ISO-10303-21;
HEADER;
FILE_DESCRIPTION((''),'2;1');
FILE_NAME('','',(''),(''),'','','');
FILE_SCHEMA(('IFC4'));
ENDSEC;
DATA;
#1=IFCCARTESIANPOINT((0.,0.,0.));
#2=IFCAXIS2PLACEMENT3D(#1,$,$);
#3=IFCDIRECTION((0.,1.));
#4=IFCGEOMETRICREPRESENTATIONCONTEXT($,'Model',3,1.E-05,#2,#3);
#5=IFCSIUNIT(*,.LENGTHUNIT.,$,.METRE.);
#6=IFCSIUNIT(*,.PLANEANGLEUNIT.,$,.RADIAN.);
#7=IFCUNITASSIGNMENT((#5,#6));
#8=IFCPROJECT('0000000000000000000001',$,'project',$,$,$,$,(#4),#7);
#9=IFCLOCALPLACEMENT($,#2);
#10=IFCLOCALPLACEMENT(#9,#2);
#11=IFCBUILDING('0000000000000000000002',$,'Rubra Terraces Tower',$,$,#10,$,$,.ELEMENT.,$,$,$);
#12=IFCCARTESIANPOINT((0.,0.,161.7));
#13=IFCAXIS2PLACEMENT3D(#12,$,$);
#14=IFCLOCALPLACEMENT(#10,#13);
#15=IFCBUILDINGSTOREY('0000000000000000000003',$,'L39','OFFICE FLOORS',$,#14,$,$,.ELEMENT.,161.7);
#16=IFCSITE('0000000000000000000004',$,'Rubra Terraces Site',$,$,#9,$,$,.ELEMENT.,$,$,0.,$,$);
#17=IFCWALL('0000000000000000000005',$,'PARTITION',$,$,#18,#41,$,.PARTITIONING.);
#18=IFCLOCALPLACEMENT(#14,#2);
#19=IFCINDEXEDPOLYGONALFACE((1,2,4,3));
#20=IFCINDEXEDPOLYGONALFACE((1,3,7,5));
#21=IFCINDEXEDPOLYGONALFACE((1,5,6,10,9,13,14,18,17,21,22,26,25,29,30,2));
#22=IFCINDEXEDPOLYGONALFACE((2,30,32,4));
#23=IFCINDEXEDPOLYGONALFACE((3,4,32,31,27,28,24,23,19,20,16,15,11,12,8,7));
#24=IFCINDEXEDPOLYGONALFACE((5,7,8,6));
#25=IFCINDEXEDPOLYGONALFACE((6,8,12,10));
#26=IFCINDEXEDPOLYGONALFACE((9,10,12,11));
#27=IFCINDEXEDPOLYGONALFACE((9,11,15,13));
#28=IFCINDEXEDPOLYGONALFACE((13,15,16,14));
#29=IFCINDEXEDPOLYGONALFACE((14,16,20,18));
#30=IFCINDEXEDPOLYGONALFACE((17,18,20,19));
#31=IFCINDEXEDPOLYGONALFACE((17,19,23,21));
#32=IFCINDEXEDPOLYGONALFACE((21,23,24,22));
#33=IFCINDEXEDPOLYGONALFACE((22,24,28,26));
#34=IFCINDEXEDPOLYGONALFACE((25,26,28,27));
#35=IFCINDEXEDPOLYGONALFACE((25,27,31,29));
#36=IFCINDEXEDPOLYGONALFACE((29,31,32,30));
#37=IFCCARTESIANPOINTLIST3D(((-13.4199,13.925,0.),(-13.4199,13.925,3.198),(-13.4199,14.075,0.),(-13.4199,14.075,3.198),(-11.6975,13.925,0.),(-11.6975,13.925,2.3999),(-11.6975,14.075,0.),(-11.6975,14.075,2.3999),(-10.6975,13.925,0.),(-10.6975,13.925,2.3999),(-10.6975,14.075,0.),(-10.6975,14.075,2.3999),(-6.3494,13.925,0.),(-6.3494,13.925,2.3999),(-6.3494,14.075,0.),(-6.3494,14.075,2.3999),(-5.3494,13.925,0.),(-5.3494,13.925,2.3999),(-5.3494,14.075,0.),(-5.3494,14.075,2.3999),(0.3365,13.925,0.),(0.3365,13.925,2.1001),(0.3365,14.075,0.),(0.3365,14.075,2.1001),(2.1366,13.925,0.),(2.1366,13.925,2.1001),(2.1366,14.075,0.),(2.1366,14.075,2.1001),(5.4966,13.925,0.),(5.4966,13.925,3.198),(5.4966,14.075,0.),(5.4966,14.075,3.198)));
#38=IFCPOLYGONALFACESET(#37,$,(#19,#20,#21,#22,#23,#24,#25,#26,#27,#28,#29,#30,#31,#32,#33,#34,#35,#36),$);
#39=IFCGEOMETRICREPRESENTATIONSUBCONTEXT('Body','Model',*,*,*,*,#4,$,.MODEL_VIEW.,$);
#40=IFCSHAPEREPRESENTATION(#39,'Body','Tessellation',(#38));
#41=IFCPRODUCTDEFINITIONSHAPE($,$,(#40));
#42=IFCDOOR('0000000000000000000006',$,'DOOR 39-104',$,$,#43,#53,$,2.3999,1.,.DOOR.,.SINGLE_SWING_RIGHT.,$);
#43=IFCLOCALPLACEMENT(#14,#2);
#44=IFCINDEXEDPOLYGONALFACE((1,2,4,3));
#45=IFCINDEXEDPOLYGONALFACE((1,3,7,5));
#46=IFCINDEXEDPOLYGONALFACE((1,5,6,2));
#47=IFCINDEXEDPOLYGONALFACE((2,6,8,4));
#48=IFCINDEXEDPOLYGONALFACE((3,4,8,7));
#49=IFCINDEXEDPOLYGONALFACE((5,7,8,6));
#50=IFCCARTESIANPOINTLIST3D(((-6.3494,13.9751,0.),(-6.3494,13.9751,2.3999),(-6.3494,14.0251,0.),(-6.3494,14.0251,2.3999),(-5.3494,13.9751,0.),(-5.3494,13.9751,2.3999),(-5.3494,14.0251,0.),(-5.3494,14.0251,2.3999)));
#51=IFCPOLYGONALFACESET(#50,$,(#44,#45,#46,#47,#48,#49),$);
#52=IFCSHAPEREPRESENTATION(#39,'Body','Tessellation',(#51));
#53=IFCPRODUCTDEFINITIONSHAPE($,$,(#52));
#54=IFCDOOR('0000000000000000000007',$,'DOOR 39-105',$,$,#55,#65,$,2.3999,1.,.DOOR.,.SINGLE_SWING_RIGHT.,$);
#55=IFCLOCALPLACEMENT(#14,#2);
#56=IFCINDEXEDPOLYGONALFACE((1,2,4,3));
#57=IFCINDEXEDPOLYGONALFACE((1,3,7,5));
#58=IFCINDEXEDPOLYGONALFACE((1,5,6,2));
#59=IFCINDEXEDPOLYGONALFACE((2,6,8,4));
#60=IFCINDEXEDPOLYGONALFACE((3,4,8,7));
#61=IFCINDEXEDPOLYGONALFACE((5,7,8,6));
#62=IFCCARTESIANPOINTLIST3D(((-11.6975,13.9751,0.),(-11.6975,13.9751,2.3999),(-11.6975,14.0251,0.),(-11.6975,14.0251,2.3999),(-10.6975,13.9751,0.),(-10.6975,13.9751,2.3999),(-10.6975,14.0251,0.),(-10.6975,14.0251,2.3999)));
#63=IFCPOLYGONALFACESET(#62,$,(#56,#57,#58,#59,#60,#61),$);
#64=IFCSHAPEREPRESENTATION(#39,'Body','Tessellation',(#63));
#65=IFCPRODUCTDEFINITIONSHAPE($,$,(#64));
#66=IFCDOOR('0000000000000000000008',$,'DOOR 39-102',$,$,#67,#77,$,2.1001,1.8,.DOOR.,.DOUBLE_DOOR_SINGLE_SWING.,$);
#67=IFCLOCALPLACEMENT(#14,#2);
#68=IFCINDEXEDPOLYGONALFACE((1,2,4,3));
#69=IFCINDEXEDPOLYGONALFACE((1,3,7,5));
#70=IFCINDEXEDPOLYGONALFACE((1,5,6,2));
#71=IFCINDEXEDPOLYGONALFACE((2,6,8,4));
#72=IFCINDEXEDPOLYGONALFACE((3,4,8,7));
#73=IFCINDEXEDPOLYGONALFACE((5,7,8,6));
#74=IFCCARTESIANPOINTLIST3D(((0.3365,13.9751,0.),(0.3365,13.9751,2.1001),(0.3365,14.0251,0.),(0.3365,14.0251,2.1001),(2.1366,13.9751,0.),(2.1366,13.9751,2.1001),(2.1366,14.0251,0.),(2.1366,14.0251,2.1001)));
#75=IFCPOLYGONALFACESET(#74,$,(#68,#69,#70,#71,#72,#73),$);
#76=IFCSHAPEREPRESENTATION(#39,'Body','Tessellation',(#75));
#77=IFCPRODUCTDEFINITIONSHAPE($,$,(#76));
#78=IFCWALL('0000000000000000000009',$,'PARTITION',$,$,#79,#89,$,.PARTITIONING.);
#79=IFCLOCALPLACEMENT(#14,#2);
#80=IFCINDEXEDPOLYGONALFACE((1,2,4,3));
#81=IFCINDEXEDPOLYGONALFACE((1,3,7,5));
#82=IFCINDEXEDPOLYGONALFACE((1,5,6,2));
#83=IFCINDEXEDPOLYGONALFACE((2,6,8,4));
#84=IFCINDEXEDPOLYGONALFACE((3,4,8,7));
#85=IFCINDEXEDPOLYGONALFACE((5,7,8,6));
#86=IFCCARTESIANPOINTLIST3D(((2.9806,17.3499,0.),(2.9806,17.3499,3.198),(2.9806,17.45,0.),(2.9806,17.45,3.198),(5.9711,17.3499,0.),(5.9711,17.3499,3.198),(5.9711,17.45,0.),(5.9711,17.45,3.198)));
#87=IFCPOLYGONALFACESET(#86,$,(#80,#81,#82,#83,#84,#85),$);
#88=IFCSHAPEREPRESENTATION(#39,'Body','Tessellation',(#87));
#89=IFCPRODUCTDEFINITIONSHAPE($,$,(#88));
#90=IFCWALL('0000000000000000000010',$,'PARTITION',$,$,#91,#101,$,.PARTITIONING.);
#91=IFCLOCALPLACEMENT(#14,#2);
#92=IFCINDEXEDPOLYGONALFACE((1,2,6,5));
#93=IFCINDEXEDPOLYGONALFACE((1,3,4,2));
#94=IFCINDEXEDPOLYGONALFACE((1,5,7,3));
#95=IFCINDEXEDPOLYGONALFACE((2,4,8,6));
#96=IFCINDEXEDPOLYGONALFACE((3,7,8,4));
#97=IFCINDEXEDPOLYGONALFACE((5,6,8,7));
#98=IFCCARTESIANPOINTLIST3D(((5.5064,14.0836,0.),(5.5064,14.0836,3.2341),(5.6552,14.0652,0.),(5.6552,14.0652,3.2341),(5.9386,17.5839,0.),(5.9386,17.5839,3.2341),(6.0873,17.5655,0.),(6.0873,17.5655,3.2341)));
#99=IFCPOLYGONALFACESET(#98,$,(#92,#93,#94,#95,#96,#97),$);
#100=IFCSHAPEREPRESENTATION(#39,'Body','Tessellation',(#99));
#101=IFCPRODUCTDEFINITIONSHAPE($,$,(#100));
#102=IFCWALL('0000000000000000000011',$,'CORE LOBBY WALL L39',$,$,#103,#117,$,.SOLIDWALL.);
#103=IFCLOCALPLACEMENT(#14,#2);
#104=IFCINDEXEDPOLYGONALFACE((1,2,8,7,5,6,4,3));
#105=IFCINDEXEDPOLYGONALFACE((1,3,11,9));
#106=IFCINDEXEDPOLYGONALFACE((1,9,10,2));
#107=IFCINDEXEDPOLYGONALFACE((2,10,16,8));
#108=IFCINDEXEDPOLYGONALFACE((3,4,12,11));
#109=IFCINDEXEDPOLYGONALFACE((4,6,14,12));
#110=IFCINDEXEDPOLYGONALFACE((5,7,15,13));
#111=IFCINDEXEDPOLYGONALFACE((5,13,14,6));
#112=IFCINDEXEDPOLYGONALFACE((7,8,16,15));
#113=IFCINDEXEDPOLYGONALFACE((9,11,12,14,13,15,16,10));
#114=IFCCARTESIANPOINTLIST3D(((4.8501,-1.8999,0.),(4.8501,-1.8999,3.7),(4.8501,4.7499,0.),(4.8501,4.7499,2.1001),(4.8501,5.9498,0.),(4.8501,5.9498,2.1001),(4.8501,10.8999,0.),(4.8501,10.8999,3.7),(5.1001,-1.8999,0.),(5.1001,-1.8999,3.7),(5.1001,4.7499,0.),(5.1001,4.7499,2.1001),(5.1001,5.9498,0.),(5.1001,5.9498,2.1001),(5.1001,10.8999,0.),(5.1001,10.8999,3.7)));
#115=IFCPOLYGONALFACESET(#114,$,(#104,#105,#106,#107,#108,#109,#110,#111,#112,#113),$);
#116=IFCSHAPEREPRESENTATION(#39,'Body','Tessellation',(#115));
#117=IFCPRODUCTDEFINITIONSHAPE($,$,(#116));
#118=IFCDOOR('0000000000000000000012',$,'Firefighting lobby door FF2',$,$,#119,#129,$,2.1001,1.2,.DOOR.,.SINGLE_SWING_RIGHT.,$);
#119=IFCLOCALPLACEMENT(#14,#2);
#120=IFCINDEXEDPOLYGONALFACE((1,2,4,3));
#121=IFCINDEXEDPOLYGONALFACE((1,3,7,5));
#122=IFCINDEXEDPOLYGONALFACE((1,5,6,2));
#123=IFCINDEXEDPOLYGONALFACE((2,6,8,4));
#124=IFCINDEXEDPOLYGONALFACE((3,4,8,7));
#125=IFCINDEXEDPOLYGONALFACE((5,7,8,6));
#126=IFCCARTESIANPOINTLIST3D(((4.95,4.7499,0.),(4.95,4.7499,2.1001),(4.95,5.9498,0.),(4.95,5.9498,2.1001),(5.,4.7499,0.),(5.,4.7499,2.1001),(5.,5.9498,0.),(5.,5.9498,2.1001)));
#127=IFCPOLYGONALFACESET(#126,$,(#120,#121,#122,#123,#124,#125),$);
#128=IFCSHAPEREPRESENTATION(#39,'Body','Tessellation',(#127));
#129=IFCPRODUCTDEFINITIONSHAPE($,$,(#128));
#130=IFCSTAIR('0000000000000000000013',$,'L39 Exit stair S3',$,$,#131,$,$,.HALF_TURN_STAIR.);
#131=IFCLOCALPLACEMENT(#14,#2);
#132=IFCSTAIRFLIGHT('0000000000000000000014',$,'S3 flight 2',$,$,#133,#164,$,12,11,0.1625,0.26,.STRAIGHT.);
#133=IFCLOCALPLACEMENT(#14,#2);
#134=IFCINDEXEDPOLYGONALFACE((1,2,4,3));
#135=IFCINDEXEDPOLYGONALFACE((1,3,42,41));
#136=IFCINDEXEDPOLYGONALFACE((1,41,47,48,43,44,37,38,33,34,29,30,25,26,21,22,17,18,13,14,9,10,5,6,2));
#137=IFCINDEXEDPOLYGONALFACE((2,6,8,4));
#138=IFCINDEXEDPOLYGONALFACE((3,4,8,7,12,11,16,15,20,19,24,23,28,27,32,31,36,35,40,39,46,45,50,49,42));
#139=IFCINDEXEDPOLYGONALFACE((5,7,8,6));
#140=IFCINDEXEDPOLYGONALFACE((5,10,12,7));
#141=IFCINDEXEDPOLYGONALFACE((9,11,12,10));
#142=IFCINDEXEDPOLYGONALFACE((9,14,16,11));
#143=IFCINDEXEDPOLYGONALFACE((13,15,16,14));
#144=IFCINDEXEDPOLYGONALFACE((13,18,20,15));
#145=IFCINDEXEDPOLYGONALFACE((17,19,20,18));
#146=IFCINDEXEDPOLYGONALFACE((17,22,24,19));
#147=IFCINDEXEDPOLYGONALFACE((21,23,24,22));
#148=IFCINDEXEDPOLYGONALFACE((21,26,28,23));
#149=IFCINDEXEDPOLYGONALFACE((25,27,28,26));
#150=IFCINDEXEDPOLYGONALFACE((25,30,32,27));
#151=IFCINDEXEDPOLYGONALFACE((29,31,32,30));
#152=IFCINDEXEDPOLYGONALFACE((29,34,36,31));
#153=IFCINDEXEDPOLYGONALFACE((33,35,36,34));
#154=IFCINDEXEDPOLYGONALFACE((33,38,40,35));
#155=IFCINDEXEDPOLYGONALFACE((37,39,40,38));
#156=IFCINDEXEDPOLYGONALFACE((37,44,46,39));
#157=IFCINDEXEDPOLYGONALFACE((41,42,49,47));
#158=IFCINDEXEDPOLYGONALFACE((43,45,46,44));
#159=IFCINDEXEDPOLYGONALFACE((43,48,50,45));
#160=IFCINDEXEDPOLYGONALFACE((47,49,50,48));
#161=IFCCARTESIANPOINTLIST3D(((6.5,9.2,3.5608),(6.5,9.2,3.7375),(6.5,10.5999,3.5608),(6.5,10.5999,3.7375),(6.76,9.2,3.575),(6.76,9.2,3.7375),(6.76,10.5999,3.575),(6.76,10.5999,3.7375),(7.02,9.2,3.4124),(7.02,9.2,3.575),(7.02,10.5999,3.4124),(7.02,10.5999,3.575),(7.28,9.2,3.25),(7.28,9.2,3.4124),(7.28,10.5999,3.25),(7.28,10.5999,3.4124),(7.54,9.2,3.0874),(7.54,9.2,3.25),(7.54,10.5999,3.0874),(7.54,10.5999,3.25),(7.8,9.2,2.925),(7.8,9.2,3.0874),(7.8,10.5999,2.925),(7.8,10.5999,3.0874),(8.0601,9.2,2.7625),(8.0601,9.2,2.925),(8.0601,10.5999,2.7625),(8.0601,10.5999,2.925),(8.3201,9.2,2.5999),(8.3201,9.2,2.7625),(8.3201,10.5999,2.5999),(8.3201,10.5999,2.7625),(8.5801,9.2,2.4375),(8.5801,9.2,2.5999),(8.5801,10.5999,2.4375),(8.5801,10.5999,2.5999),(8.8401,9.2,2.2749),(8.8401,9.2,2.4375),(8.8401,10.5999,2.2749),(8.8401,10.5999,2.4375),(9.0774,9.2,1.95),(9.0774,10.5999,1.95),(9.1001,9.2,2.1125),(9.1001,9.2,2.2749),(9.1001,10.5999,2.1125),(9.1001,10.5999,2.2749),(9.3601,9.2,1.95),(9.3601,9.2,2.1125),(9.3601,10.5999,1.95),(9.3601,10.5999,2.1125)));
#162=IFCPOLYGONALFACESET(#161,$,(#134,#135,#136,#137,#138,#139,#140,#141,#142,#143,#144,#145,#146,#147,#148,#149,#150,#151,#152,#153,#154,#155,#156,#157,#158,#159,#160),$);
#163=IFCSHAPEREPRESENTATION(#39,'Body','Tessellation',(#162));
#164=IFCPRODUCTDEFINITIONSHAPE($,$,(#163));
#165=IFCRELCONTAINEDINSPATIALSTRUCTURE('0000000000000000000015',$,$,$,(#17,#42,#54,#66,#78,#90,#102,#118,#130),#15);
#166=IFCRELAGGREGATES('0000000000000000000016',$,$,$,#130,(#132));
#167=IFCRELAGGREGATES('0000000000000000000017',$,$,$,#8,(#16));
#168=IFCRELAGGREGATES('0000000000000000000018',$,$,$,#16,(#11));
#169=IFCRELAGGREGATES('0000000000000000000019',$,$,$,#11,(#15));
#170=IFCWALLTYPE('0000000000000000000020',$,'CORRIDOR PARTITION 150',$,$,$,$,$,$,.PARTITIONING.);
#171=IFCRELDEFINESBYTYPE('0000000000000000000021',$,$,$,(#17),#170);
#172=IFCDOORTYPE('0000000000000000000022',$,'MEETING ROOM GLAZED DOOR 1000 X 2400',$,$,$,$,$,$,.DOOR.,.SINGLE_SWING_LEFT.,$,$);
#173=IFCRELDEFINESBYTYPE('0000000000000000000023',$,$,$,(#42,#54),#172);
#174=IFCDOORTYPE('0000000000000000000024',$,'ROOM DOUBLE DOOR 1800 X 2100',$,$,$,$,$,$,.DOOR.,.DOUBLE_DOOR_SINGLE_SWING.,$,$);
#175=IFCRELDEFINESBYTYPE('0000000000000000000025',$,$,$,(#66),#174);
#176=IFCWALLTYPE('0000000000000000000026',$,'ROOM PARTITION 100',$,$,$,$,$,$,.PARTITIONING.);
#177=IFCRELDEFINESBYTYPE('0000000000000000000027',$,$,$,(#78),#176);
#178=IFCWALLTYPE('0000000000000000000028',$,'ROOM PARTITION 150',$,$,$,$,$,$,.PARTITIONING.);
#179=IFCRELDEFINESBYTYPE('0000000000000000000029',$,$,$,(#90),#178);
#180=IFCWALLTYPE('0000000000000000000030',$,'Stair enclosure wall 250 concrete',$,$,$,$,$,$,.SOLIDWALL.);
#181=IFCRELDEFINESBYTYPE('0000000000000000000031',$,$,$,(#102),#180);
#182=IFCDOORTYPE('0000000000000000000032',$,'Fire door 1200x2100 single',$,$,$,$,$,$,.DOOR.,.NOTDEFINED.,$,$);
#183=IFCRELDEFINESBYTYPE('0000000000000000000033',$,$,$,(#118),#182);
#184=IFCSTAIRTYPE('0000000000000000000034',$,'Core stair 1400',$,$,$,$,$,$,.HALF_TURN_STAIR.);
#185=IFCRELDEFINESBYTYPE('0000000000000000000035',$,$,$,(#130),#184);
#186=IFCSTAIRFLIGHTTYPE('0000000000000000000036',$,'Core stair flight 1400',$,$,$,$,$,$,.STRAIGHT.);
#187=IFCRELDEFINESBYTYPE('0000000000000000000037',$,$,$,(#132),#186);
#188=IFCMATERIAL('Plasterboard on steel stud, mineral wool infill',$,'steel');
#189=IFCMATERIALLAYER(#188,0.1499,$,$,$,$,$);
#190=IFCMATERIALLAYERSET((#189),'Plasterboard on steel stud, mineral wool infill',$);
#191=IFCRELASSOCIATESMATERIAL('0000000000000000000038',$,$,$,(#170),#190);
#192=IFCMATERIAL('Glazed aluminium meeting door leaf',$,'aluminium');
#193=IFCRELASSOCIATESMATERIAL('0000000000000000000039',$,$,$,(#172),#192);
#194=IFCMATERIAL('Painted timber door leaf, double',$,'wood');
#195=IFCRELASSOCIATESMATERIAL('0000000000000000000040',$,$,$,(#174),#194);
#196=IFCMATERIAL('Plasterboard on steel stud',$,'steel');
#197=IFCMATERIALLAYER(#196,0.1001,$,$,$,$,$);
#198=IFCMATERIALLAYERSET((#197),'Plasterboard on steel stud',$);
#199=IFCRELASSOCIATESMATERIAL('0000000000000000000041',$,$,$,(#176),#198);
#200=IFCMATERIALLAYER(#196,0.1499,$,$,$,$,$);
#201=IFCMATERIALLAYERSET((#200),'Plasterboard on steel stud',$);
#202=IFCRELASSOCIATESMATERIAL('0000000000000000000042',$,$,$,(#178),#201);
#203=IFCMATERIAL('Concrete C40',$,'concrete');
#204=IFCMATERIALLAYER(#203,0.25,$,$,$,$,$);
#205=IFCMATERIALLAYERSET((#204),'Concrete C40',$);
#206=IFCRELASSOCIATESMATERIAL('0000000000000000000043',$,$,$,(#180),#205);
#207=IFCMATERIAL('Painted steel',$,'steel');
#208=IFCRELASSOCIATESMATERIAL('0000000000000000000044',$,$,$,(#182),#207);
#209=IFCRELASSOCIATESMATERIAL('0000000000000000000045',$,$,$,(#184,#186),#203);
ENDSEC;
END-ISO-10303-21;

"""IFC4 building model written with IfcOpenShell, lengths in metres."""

from ifc_helpers import new_model, si_unit, direction, frame, frame_2d, origin, place, context, subcontext, project, spatial, polyline, rectangle, outline, extrude, material, layer, layer_set, type_object, element, fill, aggregate, save


model = new_model("IFC4")

# Units and contexts
model_context = context("Model", 3, precision=1e-05, world=origin(), true_north=direction((0.0, 1.0)))
body_context = subcontext(model_context, "Body", "Model", "MODEL_VIEW")
ifc_project = project(units=[si_unit("LENGTHUNIT", "METRE"), si_unit("PLANEANGLEUNIT", "RADIAN")], contexts=[model_context])

# Site, building, storey
site_placement = place(None, origin())
site = spatial("IfcSite", under=ifc_project, at=site_placement, Name="Rubra Terraces Site", CompositionType="ELEMENT", RefElevation=0.0)
building_placement = place(site_placement, origin())
building = spatial("IfcBuilding", under=site, at=building_placement, Name="Rubra Terraces Tower", CompositionType="ELEMENT")
storey_placement = place(building_placement, frame((0.0, 0.0, 161.7)))
storey = spatial("IfcBuildingStorey", under=building, at=storey_placement, Name="L39", Description="OFFICE FLOORS", CompositionType="ELEMENT", Elevation=161.7)

# Wall, openings, doors
ifc_material_1 = material(Name="Plasterboard on steel stud, mineral wool infill", Category="steel")
ifc_layer_1 = layer(ifc_material_1, 0.1499)
ifc_layer_set_1 = layer_set([ifc_layer_1], Name="Plasterboard on steel stud, mineral wool infill")
wall_type_1 = type_object("IfcWallType", Name="CORRIDOR PARTITION 150", PredefinedType="PARTITIONING", material=ifc_layer_set_1)
wall_1_placement = place(storey_placement, frame((5.4966, 14.0, 0.0), z_axis=(0.0, 0.0, 1.0), x_axis=(-1.0, 0.0, 0.0)))
wall_1 = element("IfcWall", 1, at=wall_1_placement, inside=storey, type_object=wall_type_1, Name="PARTITION", PredefinedType="PARTITIONING", context=body_context, shape_type="SweptSolid", body=[
    extrude(rectangle(XDim=18.9165, YDim=0.1499, at=frame_2d((9.4583, 0.0))), origin(), (0.0, 0.0, 1.0), 3.198),
])
opening_1_placement = place(wall_1_placement, frame((3.3601, 0.0, 0.0)))
opening_1 = element("IfcOpeningElement", 2, at=opening_1_placement, cuts=wall_1, PredefinedType="OPENING", context=body_context, shape_type="SweptSolid", body=[
    extrude(rectangle(XDim=1.8, YDim=2.1001, at=frame_2d((0.8999, 1.05))), frame((0.0, 0.085, 0.0), z_axis=(0.0, -1.0, 0.0), x_axis=(1.0, 0.0, 0.0)), (0.0, 0.0, 1.0), 0.1699),
])
opening_2_placement = place(wall_1_placement, frame((10.8459, 0.0, 0.0)))
opening_2 = element("IfcOpeningElement", 3, at=opening_2_placement, cuts=wall_1, PredefinedType="OPENING", context=body_context, shape_type="SweptSolid", body=[
    extrude(rectangle(XDim=1.0, YDim=2.3999, at=frame_2d((0.5, 1.2))), frame((0.0, 0.085, 0.0), z_axis=(0.0, -1.0, 0.0), x_axis=(1.0, 0.0, 0.0)), (0.0, 0.0, 1.0), 0.1699),
])
opening_3_placement = place(wall_1_placement, frame((16.1941, 0.0, 0.0)))
opening_3 = element("IfcOpeningElement", 4, at=opening_3_placement, cuts=wall_1, PredefinedType="OPENING", context=body_context, shape_type="SweptSolid", body=[
    extrude(rectangle(XDim=1.0, YDim=2.3999, at=frame_2d((0.5, 1.2))), frame((0.0, 0.085, 0.0), z_axis=(0.0, -1.0, 0.0), x_axis=(1.0, 0.0, 0.0)), (0.0, 0.0, 1.0), 0.1699),
])
ifc_material_2 = material(Name="Glazed aluminium meeting door leaf", Category="aluminium")
door_type_1 = type_object("IfcDoorType", Name="MEETING ROOM GLAZED DOOR 1000 X 2400", OperationType="SINGLE_SWING_LEFT", PredefinedType="DOOR", material=ifc_material_2)
door_1_placement = place(opening_2_placement, origin())
door_1 = element("IfcDoor", 5, at=door_1_placement, inside=storey, type_object=door_type_1, Name="DOOR 39-104", OperationType="SINGLE_SWING_RIGHT", OverallHeight=2.3999, OverallWidth=1.0, PredefinedType="DOOR", context=body_context, shape_type="SweptSolid", body=[
    extrude(rectangle(XDim=1.0, YDim=2.3999, at=frame_2d((0.5, 1.2))), frame((0.0, 0.0249, 0.0), z_axis=(0.0, -1.0, 0.0), x_axis=(1.0, 0.0, 0.0)), (0.0, 0.0, 1.0), 0.05),
])
fill(opening_2, door_1)
door_2_placement = place(opening_3_placement, origin())
door_2 = element("IfcDoor", 6, at=door_2_placement, inside=storey, type_object=door_type_1, Name="DOOR 39-105", OperationType="SINGLE_SWING_RIGHT", OverallHeight=2.3999, OverallWidth=1.0, PredefinedType="DOOR", context=body_context, shape_type="SweptSolid", body=[
    extrude(rectangle(XDim=1.0, YDim=2.3999, at=frame_2d((0.5, 1.2))), frame((0.0, 0.0249, 0.0), z_axis=(0.0, -1.0, 0.0), x_axis=(1.0, 0.0, 0.0)), (0.0, 0.0, 1.0), 0.05),
])
fill(opening_3, door_2)
ifc_material_3 = material(Name="Painted timber door leaf, double", Category="wood")
door_type_2 = type_object("IfcDoorType", Name="ROOM DOUBLE DOOR 1800 X 2100", OperationType="DOUBLE_DOOR_SINGLE_SWING", PredefinedType="DOOR", material=ifc_material_3)
door_3_placement = place(opening_1_placement, origin())
door_3 = element("IfcDoor", 7, at=door_3_placement, inside=storey, type_object=door_type_2, Name="DOOR 39-102", OperationType="DOUBLE_DOOR_SINGLE_SWING", OverallHeight=2.1001, OverallWidth=1.8, PredefinedType="DOOR", context=body_context, shape_type="SweptSolid", body=[
    extrude(rectangle(XDim=1.8, YDim=2.1001, at=frame_2d((0.8999, 1.05))), frame((0.0, 0.0249, 0.0), z_axis=(0.0, -1.0, 0.0), x_axis=(1.0, 0.0, 0.0)), (0.0, 0.0, 1.0), 0.05),
])
fill(opening_1, door_3)

# Walls
ifc_material_4 = material(Name="Plasterboard on steel stud", Category="steel")
ifc_layer_2 = layer(ifc_material_4, 0.1001)
ifc_layer_set_2 = layer_set([ifc_layer_2], Name="Plasterboard on steel stud")
wall_type_2 = type_object("IfcWallType", Name="ROOM PARTITION 100", PredefinedType="PARTITIONING", material=ifc_layer_set_2)
wall_2_placement = place(storey_placement, frame((2.9807, 17.3999, 0.0), z_axis=(0.0, 0.0, 1.0), x_axis=(1.0, 0.0, 0.0)))
element("IfcWall", 8, at=wall_2_placement, inside=storey, type_object=wall_type_2, Name="PARTITION", PredefinedType="PARTITIONING", context=body_context, shape_type="SweptSolid", body=[
    extrude(rectangle(XDim=2.9905, YDim=0.1001, at=frame_2d((1.4951, 0.0))), origin(), (0.0, 0.0, 1.0), 3.198),
])
ifc_layer_3 = layer(ifc_material_4, 0.1499)
ifc_layer_set_3 = layer_set([ifc_layer_3], Name="Plasterboard on steel stud")
wall_type_3 = type_object("IfcWallType", Name="ROOM PARTITION 150", PredefinedType="PARTITIONING", material=ifc_layer_set_3)
wall_3_placement = place(storey_placement, frame((6.0129, 17.5747, 0.0), z_axis=(0.0, 0.0, 1.0), x_axis=(-0.122527, -0.992465, 0.0)))
element("IfcWall", 9, at=wall_3_placement, inside=storey, type_object=wall_type_3, Name="PARTITION", PredefinedType="PARTITIONING", context=body_context, shape_type="SweptSolid", body=[
    extrude(rectangle(XDim=3.5269, YDim=0.1499, at=frame_2d((1.7634, 0.0))), origin(), (0.0, 0.0, 1.0), 3.2341),
])

# Wall, opening, door
ifc_material_5 = material(Name="Concrete C40", Category="concrete")
ifc_layer_4 = layer(ifc_material_5, 0.25)
ifc_layer_set_4 = layer_set([ifc_layer_4], Name="Concrete C40")
wall_type_4 = type_object("IfcWallType", Name="Stair enclosure wall 250 concrete", PredefinedType="SOLIDWALL", material=ifc_layer_set_4)
wall_4_placement = place(storey_placement, frame((4.9751, 10.8999, 0.0), z_axis=(0.0, 0.0, 1.0), x_axis=(0.0, -1.0, 0.0)))
wall_4 = element("IfcWall", 10, at=wall_4_placement, inside=storey, type_object=wall_type_4, Name="CORE LOBBY WALL L39", PredefinedType="SOLIDWALL", context=body_context, shape_type="SweptSolid", body=[
    extrude(rectangle(XDim=12.7998, YDim=0.25, at=frame_2d((6.3999, 0.0))), origin(), (0.0, 0.0, 1.0), 3.7),
])
opening_4_placement = place(wall_4_placement, frame((4.95, 0.0, 0.0)))
opening_4 = element("IfcOpeningElement", 11, at=opening_4_placement, cuts=wall_4, PredefinedType="OPENING", context=body_context, shape_type="SweptSolid", body=[
    extrude(rectangle(XDim=1.2, YDim=2.1001, at=frame_2d((0.6001, 1.05))), frame((0.0, 0.135, 0.0), z_axis=(0.0, -1.0, 0.0), x_axis=(1.0, 0.0, 0.0)), (0.0, 0.0, 1.0), 0.27),
])
ifc_material_6 = material(Name="Painted steel", Category="steel")
door_type_3 = type_object("IfcDoorType", Name="Fire door 1200x2100 single", OperationType="NOTDEFINED", PredefinedType="DOOR", material=ifc_material_6)
door_4_placement = place(opening_4_placement, origin())
door_4 = element("IfcDoor", 12, at=door_4_placement, inside=storey, type_object=door_type_3, Name="Firefighting lobby door FF2", OperationType="SINGLE_SWING_RIGHT", OverallHeight=2.1001, OverallWidth=1.2, PredefinedType="DOOR", context=body_context, shape_type="SweptSolid", body=[
    extrude(rectangle(XDim=1.2, YDim=2.1001, at=frame_2d((0.6001, 1.05))), frame((0.0, 0.0249, 0.0), z_axis=(0.0, -1.0, 0.0), x_axis=(1.0, 0.0, 0.0)), (0.0, 0.0, 1.0), 0.05),
])
fill(opening_4, door_4)

# Stair, stair flight
stair_type = type_object("IfcStairType", Name="Core stair 1400", PredefinedType="HALF_TURN_STAIR", material=ifc_material_5)
stair_placement = place(storey_placement, origin())
stair = element("IfcStair", 13, at=stair_placement, inside=storey, type_object=stair_type, Name="L39 Exit stair S3", PredefinedType="HALF_TURN_STAIR")
stair_flight_type = type_object("IfcStairFlightType", Name="Core stair flight 1400", PredefinedType="STRAIGHT", material=ifc_material_5)
stair_flight_placement = place(storey_placement, frame((9.3601, 9.8999, 1.95), z_axis=(0.0, 0.0, 1.0), x_axis=(-1.0, 0.0, 0.0)))
stair_flight = element("IfcStairFlight", 14, at=stair_flight_placement, type_object=stair_flight_type, Name="S3 flight 2", NumberOfRisers=12, NumberOfTreads=11, PredefinedType="STRAIGHT", RiserHeight=0.1625, TreadLength=0.26, context=body_context, shape_type="SweptSolid", body=[
    extrude(outline(polyline([(0.0, 0.0), (0.0, 0.1626), (0.26, 0.1626), (0.26, 0.325), (0.52, 0.325), (0.52, 0.4875), (0.78, 0.4875), (0.78, 0.6499), (1.04, 0.6499), (1.04, 0.8125), (1.3, 0.8125), (1.3, 0.9751), (1.5601, 0.9751), (1.5601, 1.1375), (1.8201, 1.1375), (1.8201, 1.3), (2.0801, 1.3), (2.0801, 1.4624), (2.3401, 1.4624), (2.3401, 1.625), (2.6001, 1.625), (2.6001, 1.7876), (2.8601, 1.7876), (2.8601, 1.95), (2.8601, 1.6108), (0.2827, 0.0), (0.0, 0.0)])), frame((0.0, 0.7, 0.0), z_axis=(0.0, -1.0, 0.0), x_axis=(1.0, 0.0, 0.0)), (0.0, 0.0, 1.0), 1.3999),
])
aggregate(stair, [stair_flight])

save(model, "model.ifc")
